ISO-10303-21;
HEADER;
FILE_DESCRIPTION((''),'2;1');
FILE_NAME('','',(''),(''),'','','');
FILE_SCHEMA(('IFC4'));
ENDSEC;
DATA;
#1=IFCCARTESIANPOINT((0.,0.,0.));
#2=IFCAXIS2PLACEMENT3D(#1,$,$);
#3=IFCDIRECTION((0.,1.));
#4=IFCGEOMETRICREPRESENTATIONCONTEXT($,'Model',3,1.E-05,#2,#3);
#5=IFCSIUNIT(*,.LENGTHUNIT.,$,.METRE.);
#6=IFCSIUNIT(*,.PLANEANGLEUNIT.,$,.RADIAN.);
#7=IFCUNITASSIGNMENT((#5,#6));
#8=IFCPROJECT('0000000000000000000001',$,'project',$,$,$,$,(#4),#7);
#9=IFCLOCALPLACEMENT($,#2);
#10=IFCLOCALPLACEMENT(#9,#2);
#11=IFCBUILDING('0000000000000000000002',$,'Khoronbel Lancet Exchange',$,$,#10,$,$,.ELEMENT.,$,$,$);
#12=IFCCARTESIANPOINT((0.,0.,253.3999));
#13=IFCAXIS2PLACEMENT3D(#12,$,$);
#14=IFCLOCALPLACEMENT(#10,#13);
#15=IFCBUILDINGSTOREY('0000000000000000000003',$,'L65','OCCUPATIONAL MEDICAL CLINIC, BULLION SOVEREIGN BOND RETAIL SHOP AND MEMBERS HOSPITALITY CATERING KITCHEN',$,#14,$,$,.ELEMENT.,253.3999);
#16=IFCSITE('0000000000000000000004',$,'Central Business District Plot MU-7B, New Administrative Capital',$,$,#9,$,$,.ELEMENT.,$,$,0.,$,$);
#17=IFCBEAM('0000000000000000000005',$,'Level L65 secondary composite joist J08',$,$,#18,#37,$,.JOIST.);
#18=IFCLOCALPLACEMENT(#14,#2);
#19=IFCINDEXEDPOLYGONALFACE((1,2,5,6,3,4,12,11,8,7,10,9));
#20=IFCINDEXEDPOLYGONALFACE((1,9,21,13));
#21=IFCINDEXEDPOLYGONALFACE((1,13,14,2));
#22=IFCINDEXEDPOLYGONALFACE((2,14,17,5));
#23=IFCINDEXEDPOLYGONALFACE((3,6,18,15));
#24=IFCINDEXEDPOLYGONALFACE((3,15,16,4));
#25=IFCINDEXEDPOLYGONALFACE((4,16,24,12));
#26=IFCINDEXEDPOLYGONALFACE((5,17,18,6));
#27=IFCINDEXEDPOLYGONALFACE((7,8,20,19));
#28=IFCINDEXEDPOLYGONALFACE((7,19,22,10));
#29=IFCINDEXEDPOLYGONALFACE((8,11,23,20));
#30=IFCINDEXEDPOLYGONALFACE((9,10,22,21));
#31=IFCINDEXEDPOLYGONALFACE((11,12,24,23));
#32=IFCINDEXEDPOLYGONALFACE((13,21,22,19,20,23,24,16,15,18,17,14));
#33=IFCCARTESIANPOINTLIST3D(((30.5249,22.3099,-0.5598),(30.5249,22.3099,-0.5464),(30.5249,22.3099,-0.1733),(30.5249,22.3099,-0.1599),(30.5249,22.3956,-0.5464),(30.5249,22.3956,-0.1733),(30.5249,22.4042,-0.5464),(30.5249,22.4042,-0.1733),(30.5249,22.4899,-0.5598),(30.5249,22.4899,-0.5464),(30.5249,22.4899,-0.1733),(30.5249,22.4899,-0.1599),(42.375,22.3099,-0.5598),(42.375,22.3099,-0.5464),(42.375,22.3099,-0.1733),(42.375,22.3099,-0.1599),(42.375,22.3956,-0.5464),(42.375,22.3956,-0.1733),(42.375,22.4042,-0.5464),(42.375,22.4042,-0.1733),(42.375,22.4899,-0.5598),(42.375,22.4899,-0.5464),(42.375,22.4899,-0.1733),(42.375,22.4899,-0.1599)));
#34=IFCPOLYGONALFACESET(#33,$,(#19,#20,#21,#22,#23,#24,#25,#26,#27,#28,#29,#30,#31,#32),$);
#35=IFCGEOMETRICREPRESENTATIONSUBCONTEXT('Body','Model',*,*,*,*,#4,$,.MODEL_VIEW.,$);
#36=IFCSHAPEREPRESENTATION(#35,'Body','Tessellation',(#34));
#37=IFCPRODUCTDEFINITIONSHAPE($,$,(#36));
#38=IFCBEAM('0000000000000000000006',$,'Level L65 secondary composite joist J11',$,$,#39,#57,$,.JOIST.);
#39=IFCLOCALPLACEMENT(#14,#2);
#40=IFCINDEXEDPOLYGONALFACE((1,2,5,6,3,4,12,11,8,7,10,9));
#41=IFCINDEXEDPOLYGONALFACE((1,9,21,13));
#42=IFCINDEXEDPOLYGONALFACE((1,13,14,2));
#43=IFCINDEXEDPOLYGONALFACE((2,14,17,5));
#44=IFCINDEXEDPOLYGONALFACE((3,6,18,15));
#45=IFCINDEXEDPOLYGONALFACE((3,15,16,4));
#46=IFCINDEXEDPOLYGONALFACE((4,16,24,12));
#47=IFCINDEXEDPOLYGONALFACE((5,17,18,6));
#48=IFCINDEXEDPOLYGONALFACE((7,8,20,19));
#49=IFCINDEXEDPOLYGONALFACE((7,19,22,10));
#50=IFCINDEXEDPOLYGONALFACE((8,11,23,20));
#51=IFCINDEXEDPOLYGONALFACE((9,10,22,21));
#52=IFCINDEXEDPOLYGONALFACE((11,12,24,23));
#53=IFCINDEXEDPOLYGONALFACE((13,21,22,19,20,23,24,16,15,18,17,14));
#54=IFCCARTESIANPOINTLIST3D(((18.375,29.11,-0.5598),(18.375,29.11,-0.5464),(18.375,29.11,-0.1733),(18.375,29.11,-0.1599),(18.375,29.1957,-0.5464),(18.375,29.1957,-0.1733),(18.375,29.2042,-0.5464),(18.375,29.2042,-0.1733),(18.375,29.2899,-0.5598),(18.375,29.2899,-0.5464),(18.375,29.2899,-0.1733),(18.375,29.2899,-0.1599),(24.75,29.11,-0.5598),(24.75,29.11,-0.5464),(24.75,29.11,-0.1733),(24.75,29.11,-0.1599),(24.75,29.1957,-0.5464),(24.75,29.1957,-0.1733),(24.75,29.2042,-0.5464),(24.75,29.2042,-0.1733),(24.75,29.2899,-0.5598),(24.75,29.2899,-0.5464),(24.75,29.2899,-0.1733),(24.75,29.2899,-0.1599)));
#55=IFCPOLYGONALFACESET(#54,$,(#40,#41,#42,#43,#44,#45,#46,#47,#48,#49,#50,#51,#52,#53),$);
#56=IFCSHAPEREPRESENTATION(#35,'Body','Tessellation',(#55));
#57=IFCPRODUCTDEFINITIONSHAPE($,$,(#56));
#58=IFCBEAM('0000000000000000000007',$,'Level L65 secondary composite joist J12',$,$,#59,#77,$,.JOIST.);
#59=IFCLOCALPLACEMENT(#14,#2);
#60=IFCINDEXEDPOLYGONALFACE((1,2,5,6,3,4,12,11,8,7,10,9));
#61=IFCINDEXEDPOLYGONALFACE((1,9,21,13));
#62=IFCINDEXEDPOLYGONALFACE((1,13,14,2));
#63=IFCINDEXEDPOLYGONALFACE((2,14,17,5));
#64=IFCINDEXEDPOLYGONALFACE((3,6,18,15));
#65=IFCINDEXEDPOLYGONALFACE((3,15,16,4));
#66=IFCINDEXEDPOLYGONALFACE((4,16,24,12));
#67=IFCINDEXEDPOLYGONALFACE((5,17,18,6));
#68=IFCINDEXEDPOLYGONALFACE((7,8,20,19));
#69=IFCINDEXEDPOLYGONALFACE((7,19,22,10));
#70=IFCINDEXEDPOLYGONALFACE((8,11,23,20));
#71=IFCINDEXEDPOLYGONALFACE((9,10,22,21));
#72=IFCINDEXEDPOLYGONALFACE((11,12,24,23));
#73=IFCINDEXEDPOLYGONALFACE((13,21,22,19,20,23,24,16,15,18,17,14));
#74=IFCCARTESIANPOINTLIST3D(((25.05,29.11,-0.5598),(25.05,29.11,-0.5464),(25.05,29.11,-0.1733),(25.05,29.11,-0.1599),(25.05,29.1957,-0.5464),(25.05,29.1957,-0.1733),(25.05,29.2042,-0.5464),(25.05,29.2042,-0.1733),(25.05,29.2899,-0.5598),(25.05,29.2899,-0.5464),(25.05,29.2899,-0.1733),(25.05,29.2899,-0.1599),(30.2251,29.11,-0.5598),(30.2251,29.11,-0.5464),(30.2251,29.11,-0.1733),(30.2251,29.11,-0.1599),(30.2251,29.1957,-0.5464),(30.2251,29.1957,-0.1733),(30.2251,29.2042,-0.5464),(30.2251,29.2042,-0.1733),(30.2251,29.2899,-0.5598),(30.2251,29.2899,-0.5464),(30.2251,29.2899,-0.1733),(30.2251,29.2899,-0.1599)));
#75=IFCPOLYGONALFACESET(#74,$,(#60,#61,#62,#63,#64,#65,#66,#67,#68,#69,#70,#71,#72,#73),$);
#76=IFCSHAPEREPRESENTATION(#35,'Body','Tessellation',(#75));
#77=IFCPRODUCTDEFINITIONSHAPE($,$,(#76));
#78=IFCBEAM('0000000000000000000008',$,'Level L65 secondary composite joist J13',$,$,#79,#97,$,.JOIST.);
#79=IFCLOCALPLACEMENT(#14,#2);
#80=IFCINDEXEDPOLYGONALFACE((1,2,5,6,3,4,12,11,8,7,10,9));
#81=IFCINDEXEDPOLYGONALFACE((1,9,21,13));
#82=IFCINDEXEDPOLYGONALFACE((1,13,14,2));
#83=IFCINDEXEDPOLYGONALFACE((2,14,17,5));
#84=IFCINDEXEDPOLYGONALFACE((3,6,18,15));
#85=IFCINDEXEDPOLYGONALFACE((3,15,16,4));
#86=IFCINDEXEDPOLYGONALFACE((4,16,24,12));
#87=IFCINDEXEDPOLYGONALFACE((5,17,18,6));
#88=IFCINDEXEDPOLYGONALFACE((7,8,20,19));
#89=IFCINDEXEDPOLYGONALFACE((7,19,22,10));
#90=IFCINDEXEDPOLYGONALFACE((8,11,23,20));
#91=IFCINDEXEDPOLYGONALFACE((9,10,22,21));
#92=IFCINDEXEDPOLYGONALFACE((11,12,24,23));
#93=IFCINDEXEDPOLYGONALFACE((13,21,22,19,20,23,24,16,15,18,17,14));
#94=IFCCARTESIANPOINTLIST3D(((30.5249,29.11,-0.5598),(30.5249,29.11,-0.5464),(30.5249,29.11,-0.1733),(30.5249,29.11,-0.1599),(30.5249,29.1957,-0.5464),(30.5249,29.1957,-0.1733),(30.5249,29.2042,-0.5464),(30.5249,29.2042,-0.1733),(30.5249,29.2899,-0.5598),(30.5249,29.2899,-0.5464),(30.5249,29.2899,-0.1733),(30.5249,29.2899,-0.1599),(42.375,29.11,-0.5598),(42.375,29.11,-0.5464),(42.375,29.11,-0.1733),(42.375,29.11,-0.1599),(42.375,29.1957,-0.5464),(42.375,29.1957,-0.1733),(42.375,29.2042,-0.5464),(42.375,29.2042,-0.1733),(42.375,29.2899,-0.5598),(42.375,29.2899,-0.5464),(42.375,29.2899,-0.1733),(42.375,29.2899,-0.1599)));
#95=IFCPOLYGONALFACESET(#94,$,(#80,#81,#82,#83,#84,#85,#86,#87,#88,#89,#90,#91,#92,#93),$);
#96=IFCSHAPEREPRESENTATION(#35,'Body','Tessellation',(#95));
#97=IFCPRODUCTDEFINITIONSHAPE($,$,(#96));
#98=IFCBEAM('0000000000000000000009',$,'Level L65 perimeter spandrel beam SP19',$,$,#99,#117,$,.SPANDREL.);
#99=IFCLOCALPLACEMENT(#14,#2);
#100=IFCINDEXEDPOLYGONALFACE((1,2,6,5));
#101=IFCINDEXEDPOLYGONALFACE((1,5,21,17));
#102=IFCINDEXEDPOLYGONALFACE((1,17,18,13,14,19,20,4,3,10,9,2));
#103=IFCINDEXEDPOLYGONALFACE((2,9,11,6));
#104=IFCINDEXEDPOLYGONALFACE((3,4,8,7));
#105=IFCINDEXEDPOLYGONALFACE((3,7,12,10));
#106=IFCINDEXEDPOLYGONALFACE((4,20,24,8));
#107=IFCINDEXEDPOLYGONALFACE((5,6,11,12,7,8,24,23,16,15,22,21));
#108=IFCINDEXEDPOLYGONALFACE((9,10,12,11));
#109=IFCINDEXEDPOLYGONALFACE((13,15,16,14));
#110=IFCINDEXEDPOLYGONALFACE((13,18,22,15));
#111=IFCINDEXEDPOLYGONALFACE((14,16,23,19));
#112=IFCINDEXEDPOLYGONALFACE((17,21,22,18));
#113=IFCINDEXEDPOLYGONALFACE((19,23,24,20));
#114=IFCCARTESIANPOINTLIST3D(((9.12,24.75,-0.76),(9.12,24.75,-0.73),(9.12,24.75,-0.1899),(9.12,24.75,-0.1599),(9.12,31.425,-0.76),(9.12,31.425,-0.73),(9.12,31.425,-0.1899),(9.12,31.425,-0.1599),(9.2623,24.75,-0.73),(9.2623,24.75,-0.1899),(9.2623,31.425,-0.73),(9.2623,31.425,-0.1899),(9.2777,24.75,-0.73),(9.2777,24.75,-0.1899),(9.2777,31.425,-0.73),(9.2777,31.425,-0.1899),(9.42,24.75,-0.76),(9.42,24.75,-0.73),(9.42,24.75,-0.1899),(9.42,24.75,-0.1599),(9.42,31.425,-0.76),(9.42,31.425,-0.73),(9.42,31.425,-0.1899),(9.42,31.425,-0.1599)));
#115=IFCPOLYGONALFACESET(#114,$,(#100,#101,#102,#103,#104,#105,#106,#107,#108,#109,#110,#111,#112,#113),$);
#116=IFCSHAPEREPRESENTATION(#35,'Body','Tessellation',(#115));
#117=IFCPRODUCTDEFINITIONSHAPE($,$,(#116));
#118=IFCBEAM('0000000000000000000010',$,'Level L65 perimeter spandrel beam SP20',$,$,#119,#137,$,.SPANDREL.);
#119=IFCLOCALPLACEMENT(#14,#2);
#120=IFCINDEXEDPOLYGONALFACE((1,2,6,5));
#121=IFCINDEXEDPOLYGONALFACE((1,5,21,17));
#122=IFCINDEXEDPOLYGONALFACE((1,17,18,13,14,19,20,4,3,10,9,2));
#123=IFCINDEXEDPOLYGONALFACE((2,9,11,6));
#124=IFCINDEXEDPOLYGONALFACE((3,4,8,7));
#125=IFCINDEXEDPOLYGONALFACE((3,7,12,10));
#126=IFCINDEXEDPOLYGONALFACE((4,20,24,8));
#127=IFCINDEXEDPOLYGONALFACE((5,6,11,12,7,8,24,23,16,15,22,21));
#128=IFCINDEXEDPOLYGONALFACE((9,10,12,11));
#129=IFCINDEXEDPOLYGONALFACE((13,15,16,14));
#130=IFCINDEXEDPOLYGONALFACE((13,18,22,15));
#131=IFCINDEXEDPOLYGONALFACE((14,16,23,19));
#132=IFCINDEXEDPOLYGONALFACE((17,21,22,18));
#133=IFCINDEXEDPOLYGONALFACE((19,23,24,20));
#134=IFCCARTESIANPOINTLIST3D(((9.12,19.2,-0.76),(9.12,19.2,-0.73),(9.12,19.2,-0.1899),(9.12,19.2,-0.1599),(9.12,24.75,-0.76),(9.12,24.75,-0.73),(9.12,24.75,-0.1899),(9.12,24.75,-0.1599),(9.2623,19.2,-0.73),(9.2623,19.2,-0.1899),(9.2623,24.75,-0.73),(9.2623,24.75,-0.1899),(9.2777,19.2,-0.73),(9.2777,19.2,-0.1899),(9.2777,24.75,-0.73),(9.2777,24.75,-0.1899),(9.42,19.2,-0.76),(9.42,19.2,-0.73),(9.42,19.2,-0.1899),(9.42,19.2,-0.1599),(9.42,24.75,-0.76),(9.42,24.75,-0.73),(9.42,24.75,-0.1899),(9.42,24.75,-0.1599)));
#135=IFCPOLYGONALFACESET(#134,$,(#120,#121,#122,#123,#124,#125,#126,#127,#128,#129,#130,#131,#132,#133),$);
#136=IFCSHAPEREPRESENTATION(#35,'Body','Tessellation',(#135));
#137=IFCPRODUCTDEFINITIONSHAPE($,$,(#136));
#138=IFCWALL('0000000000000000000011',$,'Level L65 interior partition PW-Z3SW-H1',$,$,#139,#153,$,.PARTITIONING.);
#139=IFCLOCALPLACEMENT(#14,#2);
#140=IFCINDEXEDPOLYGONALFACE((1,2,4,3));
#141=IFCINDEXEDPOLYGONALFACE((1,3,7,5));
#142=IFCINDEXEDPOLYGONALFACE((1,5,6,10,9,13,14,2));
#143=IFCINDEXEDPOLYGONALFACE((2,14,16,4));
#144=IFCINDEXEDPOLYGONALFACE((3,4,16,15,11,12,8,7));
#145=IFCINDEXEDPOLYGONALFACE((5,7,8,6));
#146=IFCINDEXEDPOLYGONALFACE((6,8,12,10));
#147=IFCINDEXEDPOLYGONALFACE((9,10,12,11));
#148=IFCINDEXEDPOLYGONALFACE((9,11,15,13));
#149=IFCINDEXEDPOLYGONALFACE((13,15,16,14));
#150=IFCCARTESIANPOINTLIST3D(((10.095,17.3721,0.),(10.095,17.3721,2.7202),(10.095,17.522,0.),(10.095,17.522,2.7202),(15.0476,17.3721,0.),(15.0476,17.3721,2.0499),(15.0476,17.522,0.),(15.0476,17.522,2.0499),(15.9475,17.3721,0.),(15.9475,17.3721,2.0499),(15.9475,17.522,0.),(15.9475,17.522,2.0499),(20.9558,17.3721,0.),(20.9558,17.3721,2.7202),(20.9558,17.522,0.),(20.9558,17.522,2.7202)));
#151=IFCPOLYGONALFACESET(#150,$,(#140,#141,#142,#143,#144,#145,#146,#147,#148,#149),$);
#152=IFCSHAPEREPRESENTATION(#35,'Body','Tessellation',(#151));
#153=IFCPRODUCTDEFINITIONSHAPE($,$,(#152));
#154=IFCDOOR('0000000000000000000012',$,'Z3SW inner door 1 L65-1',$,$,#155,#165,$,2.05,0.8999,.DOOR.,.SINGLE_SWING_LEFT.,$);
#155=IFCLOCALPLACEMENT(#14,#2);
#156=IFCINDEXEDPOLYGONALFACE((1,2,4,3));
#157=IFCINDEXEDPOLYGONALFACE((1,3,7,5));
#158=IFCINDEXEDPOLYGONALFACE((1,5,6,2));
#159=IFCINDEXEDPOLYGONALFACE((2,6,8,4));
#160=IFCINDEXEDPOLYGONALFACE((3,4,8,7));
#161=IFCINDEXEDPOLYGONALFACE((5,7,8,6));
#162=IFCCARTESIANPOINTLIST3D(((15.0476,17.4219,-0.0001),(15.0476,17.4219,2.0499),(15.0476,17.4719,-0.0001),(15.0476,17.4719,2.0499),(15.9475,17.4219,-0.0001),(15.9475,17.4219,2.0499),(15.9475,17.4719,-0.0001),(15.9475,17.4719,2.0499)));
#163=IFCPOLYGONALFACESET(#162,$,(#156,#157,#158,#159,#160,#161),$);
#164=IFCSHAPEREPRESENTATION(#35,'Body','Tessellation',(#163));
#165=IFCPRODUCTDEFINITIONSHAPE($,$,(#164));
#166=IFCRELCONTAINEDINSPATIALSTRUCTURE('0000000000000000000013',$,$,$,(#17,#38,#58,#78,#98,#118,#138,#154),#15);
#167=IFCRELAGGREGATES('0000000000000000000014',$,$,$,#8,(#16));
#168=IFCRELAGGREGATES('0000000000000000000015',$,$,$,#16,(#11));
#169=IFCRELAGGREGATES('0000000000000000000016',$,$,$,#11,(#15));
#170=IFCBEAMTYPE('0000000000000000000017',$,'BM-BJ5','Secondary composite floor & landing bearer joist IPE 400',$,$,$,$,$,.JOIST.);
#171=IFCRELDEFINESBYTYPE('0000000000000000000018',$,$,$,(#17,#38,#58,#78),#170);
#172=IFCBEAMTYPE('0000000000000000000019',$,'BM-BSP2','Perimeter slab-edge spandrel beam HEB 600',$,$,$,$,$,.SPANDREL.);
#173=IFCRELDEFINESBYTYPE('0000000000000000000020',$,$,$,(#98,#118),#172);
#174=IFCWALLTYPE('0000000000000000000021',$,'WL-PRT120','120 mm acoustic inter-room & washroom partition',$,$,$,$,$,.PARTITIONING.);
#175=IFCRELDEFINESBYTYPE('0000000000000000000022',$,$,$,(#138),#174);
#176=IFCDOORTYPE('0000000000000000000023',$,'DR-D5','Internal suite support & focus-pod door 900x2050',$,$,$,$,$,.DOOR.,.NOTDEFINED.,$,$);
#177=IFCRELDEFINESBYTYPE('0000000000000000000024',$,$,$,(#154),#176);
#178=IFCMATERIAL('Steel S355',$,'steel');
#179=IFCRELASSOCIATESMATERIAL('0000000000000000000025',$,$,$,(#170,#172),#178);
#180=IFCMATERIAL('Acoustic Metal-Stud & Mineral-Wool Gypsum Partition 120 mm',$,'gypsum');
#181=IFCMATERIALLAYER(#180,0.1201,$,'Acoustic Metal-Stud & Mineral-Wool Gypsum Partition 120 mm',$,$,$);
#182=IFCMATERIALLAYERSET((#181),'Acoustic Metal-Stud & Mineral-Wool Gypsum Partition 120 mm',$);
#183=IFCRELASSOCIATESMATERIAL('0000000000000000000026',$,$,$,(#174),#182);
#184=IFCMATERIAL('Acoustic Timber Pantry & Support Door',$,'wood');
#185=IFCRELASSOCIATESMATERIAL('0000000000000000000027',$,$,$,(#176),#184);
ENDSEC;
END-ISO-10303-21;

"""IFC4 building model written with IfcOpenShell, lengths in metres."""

from ifc_helpers import new_model, si_unit, direction, frame, frame_2d, origin, origin_2d, place, context, subcontext, project, spatial, rectangle, i_section, extrude, material, layer, layer_set, material_profile, profile_set, type_object, element, fill, save


model = new_model("IFC4")

# Units and contexts
model_context = context("Model", 3, precision=1e-05, world=origin(), true_north=direction((0.0, 1.0)))
body_context = subcontext(model_context, "Body", "Model", "MODEL_VIEW")
ifc_project = project(units=[si_unit("LENGTHUNIT", "METRE"), si_unit("PLANEANGLEUNIT", "RADIAN")], contexts=[model_context])

# Site, building, storey
site_placement = place(None, origin())
site = spatial("IfcSite", under=ifc_project, at=site_placement, Name="Central Business District Plot MU-7B, New Administrative Capital", CompositionType="ELEMENT", RefElevation=0.0)
building_placement = place(site_placement, origin())
building = spatial("IfcBuilding", under=site, at=building_placement, Name="Khoronbel Lancet Exchange", CompositionType="ELEMENT")
storey_placement = place(building_placement, frame((0.0, 0.0, 253.3999)))
storey = spatial("IfcBuildingStorey", under=building, at=storey_placement, Name="L65", Description="OCCUPATIONAL MEDICAL CLINIC, BULLION SOVEREIGN BOND RETAIL SHOP AND MEMBERS HOSPITALITY CATERING KITCHEN", CompositionType="ELEMENT", Elevation=253.3999)

# Shared definitions
ifc_material_1 = material(Name="Steel S355", Category="steel")

# Beams
ifc_material_profile_1 = material_profile(ifc_material_1, i_section(OverallWidth=0.1799, OverallDepth=0.3999, WebThickness=0.0085, FlangeThickness=0.0134, at=origin_2d()), Name="IPE 400")
ifc_profile_set_1 = profile_set([ifc_material_profile_1], Name="Steel S355")
beam_type_1 = type_object("IfcBeamType", Name="BM-BJ5", Description="Secondary composite floor & landing bearer joist IPE 400", PredefinedType="JOIST", material=ifc_profile_set_1)
beam_1_placement = place(storey_placement, frame((30.5249, 22.3999, -0.3599), z_axis=(1.0, 0.0, 0.0), x_axis=(0.0, 1.0, 0.0)))
element("IfcBeam", 1, at=beam_1_placement, inside=storey, type_object=beam_type_1, Name="Level L65 secondary composite joist J08", PredefinedType="JOIST", context=body_context, shape_type="SweptSolid", body=[
    extrude(i_section(OverallWidth=0.1799, OverallDepth=0.3999, WebThickness=0.0085, FlangeThickness=0.0134, at=origin_2d()), origin(), (0.0, 0.0, 1.0), 11.8501),
])
beam_2_placement = place(storey_placement, frame((18.375, 29.2, -0.3599), z_axis=(1.0, 0.0, 0.0), x_axis=(0.0, 1.0, 0.0)))
element("IfcBeam", 2, at=beam_2_placement, inside=storey, type_object=beam_type_1, Name="Level L65 secondary composite joist J11", PredefinedType="JOIST", context=body_context, shape_type="SweptSolid", body=[
    extrude(i_section(OverallWidth=0.1799, OverallDepth=0.3999, WebThickness=0.0085, FlangeThickness=0.0134, at=origin_2d()), origin(), (0.0, 0.0, 1.0), 6.375),
])
beam_3_placement = place(storey_placement, frame((25.05, 29.2, -0.3599), z_axis=(1.0, 0.0, 0.0), x_axis=(0.0, 1.0, 0.0)))
element("IfcBeam", 3, at=beam_3_placement, inside=storey, type_object=beam_type_1, Name="Level L65 secondary composite joist J12", PredefinedType="JOIST", context=body_context, shape_type="SweptSolid", body=[
    extrude(i_section(OverallWidth=0.1799, OverallDepth=0.3999, WebThickness=0.0085, FlangeThickness=0.0134, at=origin_2d()), origin(), (0.0, 0.0, 1.0), 5.175),
])
beam_4_placement = place(storey_placement, frame((30.5249, 29.2, -0.3599), z_axis=(1.0, 0.0, 0.0), x_axis=(0.0, 1.0, 0.0)))
element("IfcBeam", 4, at=beam_4_placement, inside=storey, type_object=beam_type_1, Name="Level L65 secondary composite joist J13", PredefinedType="JOIST", context=body_context, shape_type="SweptSolid", body=[
    extrude(i_section(OverallWidth=0.1799, OverallDepth=0.3999, WebThickness=0.0085, FlangeThickness=0.0134, at=origin_2d()), origin(), (0.0, 0.0, 1.0), 11.8501),
])
ifc_material_profile_2 = material_profile(ifc_material_1, i_section(OverallWidth=0.3, OverallDepth=0.6001, WebThickness=0.0154, FlangeThickness=0.03, at=origin_2d()), Name="HEB 600")
ifc_profile_set_2 = profile_set([ifc_material_profile_2], Name="Steel S355")
beam_type_2 = type_object("IfcBeamType", Name="BM-BSP2", Description="Perimeter slab-edge spandrel beam HEB 600", PredefinedType="SPANDREL", material=ifc_profile_set_2)
beam_5_placement = place(storey_placement, frame((9.27, 31.425, -0.46), z_axis=(0.0, -1.0, 0.0), x_axis=(1.0, 0.0, 0.0)))
element("IfcBeam", 5, at=beam_5_placement, inside=storey, type_object=beam_type_2, Name="Level L65 perimeter spandrel beam SP19", PredefinedType="SPANDREL", context=body_context, shape_type="SweptSolid", body=[
    extrude(i_section(OverallWidth=0.3, OverallDepth=0.6001, WebThickness=0.0154, FlangeThickness=0.03, at=origin_2d()), origin(), (0.0, 0.0, 1.0), 6.675),
])
beam_6_placement = place(storey_placement, frame((9.27, 24.75, -0.46), z_axis=(0.0, -1.0, 0.0), x_axis=(1.0, 0.0, 0.0)))
element("IfcBeam", 6, at=beam_6_placement, inside=storey, type_object=beam_type_2, Name="Level L65 perimeter spandrel beam SP20", PredefinedType="SPANDREL", context=body_context, shape_type="SweptSolid", body=[
    extrude(i_section(OverallWidth=0.3, OverallDepth=0.6001, WebThickness=0.0154, FlangeThickness=0.03, at=origin_2d()), origin(), (0.0, 0.0, 1.0), 5.55),
])

# Wall, opening, door
ifc_material_2 = material(Name="Acoustic Metal-Stud & Mineral-Wool Gypsum Partition 120 mm", Category="gypsum")
ifc_layer_1 = layer(ifc_material_2, 0.1201, Name="Acoustic Metal-Stud & Mineral-Wool Gypsum Partition 120 mm")
ifc_layer_set_1 = layer_set([ifc_layer_1], Name="Acoustic Metal-Stud & Mineral-Wool Gypsum Partition 120 mm")
wall_type_1 = type_object("IfcWallType", Name="WL-PRT120", Description="120 mm acoustic inter-room & washroom partition", PredefinedType="PARTITIONING", material=ifc_layer_set_1)
wall_1_placement = place(storey_placement, frame((10.095, 17.447, 0.0), z_axis=(0.0, 0.0, 1.0), x_axis=(1.0, 0.0, 0.0)))
wall_1 = element("IfcWall", 7, at=wall_1_placement, inside=storey, type_object=wall_type_1, Name="Level L65 interior partition PW-Z3SW-H1", PredefinedType="PARTITIONING", context=body_context, shape_type="SweptSolid", body=[
    extrude(rectangle(XDim=10.8608, YDim=0.1499, at=frame_2d((5.4304, 0.0))), origin(), (0.0, 0.0, 1.0), 2.7202),
])
opening_1_placement = place(wall_1_placement, frame((4.9526, 0.0, 0.0)))
opening_1 = element("IfcOpeningElement", 8, at=opening_1_placement, cuts=wall_1, PredefinedType="OPENING", context=body_context, shape_type="SweptSolid", body=[
    extrude(rectangle(XDim=0.8999, YDim=2.05, at=frame_2d((0.45, 1.0249))), frame((0.0, 0.085, 0.0), z_axis=(0.0, -1.0, 0.0), x_axis=(1.0, 0.0, 0.0)), (0.0, 0.0, 1.0), 0.1699),
])
ifc_material_3 = material(Name="Acoustic Timber Pantry & Support Door", Category="wood")
door_type_1 = type_object("IfcDoorType", Name="DR-D5", Description="Internal suite support & focus-pod door 900x2050", OperationType="NOTDEFINED", PredefinedType="DOOR", material=ifc_material_3)
door_1_placement = place(opening_1_placement, origin())
door_1 = element("IfcDoor", 9, at=door_1_placement, inside=storey, type_object=door_type_1, Name="Z3SW inner door 1 L65-1", OperationType="SINGLE_SWING_LEFT", OverallHeight=2.05, OverallWidth=0.8999, PredefinedType="DOOR", context=body_context, shape_type="SweptSolid", body=[
    extrude(rectangle(XDim=0.8999, YDim=2.05, at=frame_2d((0.45, 1.0249))), frame((0.0, 0.0249, 0.0), z_axis=(0.0, -1.0, 0.0), x_axis=(1.0, 0.0, 0.0)), (0.0, 0.0, 1.0), 0.05),
])
fill(opening_1, door_1)

save(model, "model.ifc")
